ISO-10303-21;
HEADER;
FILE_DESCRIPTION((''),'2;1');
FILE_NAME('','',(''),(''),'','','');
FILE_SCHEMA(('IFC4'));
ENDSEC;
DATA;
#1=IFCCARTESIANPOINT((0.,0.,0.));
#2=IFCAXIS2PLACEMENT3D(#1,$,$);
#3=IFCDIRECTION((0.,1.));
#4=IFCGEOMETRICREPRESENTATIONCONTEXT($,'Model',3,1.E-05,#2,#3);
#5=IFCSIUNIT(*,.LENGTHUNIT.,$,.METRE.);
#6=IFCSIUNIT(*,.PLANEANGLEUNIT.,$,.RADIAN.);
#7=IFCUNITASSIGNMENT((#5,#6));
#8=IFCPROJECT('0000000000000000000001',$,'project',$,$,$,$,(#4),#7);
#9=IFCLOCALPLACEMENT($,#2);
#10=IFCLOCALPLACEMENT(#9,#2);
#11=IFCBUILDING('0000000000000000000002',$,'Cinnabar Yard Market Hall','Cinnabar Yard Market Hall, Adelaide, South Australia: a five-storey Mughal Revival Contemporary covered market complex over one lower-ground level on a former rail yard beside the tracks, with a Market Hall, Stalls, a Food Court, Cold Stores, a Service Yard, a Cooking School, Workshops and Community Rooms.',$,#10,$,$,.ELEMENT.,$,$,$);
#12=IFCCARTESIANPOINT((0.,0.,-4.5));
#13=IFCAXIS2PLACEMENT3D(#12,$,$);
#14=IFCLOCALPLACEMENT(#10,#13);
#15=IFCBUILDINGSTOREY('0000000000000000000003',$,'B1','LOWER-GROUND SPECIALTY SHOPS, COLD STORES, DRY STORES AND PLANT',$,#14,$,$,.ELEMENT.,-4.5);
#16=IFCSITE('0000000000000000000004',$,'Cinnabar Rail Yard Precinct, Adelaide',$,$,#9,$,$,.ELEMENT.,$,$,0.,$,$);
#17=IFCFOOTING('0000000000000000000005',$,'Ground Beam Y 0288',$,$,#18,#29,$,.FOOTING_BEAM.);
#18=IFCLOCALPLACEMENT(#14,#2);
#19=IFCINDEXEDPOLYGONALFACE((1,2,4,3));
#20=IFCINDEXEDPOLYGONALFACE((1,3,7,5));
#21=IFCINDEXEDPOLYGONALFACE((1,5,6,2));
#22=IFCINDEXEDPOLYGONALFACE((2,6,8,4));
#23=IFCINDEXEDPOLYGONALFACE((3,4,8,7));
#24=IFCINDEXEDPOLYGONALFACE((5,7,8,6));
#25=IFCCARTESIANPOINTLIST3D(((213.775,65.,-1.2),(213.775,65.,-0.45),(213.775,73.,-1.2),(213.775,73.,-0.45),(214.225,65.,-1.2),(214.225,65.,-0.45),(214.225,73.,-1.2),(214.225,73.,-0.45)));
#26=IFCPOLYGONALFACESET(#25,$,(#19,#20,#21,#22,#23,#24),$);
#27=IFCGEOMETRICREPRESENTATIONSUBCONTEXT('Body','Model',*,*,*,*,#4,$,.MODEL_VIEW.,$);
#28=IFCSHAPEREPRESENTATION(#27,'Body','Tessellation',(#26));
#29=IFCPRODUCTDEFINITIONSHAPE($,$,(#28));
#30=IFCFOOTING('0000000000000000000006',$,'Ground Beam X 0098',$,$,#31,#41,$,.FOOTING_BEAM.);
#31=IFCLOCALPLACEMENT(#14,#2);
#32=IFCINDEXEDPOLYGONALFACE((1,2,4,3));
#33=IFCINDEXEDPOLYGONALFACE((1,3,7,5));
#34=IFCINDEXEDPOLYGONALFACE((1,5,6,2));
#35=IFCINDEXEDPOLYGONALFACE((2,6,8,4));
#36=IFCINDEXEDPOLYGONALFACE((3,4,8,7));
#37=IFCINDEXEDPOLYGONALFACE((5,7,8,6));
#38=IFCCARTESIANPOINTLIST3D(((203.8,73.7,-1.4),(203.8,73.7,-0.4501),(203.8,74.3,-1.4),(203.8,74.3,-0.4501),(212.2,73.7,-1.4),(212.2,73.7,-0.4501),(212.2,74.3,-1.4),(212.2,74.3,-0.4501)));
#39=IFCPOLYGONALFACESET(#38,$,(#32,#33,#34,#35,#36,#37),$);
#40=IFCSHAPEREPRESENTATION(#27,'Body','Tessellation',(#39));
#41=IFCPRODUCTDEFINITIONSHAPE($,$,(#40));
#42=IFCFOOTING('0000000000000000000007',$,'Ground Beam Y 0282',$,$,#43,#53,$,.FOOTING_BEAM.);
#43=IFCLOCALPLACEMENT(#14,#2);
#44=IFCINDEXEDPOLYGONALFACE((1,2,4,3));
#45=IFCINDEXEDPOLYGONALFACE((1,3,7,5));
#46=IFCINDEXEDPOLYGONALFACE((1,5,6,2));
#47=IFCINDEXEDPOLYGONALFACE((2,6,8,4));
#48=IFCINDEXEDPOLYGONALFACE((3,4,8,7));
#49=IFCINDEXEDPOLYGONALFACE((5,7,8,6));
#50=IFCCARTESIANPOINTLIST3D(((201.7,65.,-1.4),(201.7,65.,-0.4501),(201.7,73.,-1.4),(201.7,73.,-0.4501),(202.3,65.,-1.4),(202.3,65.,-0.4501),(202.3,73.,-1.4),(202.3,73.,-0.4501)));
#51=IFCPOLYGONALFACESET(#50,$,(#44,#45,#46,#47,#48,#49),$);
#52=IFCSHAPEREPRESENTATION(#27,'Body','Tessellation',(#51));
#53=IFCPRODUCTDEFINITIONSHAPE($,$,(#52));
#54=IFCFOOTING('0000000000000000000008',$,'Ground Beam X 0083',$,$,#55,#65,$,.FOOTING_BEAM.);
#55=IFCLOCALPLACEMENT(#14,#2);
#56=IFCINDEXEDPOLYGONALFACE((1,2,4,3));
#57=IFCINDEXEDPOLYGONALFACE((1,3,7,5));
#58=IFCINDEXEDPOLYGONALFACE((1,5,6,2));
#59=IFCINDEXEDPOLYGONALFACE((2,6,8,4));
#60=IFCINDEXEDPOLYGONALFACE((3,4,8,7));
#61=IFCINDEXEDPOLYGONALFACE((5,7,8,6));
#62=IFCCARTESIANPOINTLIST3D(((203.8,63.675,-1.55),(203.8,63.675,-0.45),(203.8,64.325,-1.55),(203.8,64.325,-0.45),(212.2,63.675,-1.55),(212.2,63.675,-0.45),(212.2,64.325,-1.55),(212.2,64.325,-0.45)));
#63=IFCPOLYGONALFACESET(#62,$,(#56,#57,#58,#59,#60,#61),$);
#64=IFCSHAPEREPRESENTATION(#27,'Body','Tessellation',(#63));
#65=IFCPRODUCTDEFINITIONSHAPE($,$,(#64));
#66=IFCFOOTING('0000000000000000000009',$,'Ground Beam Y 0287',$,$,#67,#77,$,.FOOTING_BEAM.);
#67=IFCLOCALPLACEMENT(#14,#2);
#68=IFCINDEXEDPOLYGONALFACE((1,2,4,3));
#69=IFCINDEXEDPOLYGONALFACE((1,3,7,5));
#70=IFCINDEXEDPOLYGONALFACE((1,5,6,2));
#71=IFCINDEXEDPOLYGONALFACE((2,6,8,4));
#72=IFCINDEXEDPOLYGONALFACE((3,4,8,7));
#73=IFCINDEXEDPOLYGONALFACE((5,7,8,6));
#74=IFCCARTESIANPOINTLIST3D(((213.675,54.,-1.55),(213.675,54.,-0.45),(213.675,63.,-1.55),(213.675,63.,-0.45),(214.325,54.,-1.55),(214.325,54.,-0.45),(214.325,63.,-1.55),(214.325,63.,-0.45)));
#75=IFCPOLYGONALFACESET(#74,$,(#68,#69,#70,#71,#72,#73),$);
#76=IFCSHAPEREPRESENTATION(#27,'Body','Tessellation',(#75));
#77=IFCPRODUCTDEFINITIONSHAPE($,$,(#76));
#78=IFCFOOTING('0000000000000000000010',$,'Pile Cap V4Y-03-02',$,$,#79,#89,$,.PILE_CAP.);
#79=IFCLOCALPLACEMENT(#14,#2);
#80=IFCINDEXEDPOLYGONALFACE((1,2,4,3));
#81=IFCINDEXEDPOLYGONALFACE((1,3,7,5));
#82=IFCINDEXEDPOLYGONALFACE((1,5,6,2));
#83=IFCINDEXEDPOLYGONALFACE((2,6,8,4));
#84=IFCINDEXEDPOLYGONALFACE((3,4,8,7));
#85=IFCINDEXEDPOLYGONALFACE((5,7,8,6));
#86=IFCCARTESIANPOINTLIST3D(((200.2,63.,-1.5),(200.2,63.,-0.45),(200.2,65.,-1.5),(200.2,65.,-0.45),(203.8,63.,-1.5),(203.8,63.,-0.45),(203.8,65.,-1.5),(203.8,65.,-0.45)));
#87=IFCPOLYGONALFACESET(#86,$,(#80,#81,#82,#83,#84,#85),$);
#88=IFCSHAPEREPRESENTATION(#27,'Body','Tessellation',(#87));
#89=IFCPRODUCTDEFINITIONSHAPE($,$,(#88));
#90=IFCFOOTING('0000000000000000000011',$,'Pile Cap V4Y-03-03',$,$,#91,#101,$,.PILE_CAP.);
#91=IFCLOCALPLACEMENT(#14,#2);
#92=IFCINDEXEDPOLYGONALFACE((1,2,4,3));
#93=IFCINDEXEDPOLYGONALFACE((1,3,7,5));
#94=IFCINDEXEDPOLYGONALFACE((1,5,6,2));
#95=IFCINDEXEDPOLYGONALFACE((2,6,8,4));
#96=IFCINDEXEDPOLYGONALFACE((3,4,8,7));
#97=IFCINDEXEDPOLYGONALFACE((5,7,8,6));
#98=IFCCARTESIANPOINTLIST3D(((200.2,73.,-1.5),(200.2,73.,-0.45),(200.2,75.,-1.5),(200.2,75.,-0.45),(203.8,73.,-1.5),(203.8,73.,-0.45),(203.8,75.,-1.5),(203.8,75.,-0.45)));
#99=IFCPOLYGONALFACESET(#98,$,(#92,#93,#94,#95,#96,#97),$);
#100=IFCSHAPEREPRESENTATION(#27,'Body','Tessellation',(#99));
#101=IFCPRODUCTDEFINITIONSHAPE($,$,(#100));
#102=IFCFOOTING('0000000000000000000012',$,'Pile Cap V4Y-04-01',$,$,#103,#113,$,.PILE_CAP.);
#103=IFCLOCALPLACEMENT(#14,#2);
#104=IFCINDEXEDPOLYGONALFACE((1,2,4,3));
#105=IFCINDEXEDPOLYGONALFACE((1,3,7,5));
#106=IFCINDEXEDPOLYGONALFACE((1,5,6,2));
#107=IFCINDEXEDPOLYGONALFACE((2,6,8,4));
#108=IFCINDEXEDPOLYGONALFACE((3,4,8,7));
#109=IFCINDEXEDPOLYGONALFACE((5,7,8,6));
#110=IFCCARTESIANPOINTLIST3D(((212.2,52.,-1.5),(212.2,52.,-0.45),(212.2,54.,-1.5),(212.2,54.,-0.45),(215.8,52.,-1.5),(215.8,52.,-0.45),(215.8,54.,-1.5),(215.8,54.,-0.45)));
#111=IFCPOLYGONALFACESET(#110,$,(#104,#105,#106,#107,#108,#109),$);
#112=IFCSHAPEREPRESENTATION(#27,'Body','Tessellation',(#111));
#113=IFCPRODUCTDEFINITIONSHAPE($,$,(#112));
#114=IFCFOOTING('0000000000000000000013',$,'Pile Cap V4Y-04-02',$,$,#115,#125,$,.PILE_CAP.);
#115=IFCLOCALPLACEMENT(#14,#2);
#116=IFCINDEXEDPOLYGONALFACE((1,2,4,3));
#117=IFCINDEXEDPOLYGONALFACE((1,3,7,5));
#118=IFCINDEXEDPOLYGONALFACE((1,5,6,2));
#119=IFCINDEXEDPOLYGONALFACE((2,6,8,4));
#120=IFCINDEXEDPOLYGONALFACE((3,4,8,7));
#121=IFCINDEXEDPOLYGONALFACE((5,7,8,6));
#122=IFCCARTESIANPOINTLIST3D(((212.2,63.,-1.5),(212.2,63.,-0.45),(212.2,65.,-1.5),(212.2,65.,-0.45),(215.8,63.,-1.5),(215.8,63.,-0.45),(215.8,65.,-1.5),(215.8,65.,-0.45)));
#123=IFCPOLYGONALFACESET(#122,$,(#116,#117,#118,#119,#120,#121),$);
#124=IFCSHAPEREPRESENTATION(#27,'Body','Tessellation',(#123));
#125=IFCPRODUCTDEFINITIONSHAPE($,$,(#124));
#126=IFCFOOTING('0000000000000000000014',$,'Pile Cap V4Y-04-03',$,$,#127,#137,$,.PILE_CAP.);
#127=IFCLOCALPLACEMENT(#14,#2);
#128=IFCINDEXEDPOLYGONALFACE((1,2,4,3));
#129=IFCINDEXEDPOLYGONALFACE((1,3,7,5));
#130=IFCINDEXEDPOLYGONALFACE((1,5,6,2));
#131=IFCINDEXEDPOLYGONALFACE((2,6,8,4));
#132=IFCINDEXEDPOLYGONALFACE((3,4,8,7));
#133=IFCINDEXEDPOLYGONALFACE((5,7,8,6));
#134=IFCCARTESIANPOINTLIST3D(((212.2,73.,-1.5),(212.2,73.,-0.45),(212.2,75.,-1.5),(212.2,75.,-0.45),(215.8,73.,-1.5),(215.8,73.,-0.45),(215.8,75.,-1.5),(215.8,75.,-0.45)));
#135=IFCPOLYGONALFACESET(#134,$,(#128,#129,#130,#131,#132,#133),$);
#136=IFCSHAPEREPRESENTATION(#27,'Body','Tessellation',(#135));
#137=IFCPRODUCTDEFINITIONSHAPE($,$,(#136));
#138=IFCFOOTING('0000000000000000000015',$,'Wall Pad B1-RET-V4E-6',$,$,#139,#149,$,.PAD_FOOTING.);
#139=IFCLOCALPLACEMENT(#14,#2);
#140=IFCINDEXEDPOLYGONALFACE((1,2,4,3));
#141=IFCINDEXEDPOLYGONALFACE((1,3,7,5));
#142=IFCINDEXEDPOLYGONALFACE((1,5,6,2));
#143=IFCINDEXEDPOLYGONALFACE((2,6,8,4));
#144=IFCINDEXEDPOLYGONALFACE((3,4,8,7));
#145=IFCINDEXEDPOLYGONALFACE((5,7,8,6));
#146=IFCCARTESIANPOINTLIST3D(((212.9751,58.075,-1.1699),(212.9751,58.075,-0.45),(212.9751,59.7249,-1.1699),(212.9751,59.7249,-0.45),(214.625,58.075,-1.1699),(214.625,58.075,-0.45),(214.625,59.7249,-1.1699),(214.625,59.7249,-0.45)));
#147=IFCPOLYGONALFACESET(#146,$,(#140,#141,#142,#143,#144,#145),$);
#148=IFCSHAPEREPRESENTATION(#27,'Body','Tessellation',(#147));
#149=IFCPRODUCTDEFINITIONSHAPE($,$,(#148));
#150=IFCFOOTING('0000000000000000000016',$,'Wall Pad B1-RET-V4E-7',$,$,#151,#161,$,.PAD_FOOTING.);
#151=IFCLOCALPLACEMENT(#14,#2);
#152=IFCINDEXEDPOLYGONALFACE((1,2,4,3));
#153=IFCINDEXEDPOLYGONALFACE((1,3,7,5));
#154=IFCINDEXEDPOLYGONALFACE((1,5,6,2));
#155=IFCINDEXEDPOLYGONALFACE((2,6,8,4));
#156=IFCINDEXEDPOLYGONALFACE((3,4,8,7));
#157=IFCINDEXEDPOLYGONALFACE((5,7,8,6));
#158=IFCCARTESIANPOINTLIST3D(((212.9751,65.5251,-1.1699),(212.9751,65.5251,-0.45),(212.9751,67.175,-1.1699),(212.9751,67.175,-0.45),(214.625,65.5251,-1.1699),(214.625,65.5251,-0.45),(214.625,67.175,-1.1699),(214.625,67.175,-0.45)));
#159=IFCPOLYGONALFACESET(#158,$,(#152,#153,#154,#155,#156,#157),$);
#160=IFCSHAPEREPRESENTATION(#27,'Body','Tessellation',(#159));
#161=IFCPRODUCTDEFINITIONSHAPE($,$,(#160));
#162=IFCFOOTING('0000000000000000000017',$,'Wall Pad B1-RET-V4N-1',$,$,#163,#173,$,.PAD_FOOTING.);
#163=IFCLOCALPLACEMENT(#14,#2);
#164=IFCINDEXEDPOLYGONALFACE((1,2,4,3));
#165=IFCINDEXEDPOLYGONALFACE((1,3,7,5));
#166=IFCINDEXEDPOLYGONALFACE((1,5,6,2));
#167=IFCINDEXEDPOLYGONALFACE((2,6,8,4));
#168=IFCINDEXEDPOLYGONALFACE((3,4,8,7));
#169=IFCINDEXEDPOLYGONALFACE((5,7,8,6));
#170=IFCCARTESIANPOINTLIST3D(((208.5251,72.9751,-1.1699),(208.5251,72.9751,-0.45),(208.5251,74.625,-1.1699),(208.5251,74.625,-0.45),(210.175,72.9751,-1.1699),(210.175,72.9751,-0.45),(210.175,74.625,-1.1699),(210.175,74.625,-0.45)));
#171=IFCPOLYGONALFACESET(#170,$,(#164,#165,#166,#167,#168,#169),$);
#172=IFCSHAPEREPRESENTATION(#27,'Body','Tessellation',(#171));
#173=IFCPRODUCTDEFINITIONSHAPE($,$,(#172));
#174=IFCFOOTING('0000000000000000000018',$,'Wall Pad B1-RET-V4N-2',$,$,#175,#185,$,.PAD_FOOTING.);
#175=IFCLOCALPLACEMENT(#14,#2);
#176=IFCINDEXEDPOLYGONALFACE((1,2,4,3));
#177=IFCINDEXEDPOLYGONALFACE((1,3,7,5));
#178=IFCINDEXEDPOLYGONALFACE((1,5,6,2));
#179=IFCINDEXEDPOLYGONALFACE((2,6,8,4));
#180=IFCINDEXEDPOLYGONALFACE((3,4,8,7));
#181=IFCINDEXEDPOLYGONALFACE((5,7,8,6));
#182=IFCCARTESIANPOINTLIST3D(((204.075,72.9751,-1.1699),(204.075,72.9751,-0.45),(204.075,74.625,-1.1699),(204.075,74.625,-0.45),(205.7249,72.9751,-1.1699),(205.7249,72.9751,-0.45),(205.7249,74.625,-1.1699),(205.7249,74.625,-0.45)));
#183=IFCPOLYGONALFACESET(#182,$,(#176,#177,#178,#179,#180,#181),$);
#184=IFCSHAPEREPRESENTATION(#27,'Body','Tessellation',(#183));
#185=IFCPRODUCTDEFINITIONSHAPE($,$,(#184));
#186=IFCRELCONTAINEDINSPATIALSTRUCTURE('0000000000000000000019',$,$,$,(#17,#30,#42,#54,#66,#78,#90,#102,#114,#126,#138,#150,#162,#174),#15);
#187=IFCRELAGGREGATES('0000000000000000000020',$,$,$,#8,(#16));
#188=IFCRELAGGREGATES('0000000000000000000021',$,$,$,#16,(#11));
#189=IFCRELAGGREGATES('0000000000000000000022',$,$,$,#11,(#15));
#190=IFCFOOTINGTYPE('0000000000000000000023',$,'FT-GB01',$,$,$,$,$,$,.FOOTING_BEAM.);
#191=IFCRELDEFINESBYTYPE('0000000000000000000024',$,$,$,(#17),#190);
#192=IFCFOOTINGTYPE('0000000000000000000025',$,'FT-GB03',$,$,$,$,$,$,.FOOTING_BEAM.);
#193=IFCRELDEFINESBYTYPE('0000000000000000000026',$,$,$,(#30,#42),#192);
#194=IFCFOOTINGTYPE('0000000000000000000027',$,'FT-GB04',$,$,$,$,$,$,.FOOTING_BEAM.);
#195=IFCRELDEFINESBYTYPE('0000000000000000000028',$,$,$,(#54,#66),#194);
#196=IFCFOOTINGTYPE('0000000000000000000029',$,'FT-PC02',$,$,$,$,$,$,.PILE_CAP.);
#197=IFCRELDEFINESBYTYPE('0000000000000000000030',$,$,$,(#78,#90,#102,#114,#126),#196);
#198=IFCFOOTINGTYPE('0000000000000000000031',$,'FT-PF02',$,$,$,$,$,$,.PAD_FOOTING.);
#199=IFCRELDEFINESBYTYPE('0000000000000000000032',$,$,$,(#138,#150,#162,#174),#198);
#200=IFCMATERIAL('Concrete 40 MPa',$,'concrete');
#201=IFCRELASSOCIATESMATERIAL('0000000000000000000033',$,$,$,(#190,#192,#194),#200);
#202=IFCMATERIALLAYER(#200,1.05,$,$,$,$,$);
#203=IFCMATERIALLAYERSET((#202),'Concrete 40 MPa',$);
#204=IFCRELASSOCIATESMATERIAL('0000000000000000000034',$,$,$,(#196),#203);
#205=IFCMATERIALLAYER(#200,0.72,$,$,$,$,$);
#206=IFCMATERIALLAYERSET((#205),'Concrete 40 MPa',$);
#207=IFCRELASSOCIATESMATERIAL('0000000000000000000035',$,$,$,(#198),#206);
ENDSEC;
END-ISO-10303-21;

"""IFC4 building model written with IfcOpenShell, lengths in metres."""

from ifc_helpers import new_model, si_unit, direction, frame, origin, origin_2d_with_axis, place, context, subcontext, project, spatial, rectangle, extrude, material, layer, layer_set, material_profile, profile_set, type_object, element, save


model = new_model("IFC4")

# Units and contexts
model_context = context("Model", 3, precision=1e-05, world=origin(), true_north=direction((0.0, 1.0)))
body_context = subcontext(model_context, "Body", "Model", "MODEL_VIEW")
ifc_project = project(units=[si_unit("LENGTHUNIT", "METRE"), si_unit("PLANEANGLEUNIT", "RADIAN")], contexts=[model_context])

# Site, building, storey
site_placement = place(None, origin())
site = spatial("IfcSite", under=ifc_project, at=site_placement, Name="Cinnabar Rail Yard Precinct, Adelaide", CompositionType="ELEMENT", RefElevation=0.0)
building_placement = place(site_placement, origin())
building = spatial("IfcBuilding", under=site, at=building_placement, Name="Cinnabar Yard Market Hall", Description="Cinnabar Yard Market Hall, Adelaide, South Australia: a five-storey Mughal Revival Contemporary covered market complex over one lower-ground level on a former rail yard beside the tracks, with a Market Hall, Stalls, a Food Court, Cold Stores, a Service Yard, a Cooking School, Workshops and Community Rooms.", CompositionType="ELEMENT")
storey_placement = place(building_placement, frame((0.0, 0.0, -4.5)))
storey = spatial("IfcBuildingStorey", under=building, at=storey_placement, Name="B1", Description="LOWER-GROUND SPECIALTY SHOPS, COLD STORES, DRY STORES AND PLANT", CompositionType="ELEMENT", Elevation=-4.5)

# Footings
ifc_material_1 = material(Name="Concrete 40 MPa", Category="concrete")
ifc_material_profile_1 = material_profile(ifc_material_1, rectangle(XDim=0.45, YDim=0.75, at=origin_2d_with_axis()), Name="GB-450x750")
ifc_profile_set_1 = profile_set([ifc_material_profile_1], Name="Concrete 40 MPa")
footing_type_1 = type_object("IfcFootingType", Name="FT-GB01", PredefinedType="FOOTING_BEAM", material=ifc_profile_set_1)
footing_1_placement = place(storey_placement, frame((214.0, 65.0, -0.825), z_axis=(0.0, 1.0, 0.0), x_axis=(-1.0, 0.0, 0.0)))
element("IfcFooting", 1, at=footing_1_placement, inside=storey, type_object=footing_type_1, Name="Ground Beam Y 0288", PredefinedType="FOOTING_BEAM", context=body_context, shape_type="SweptSolid", body=[
    extrude(rectangle(XDim=0.45, YDim=0.75, at=origin_2d_with_axis()), origin(), (0.0, 0.0, 1.0), 8.0),
])
ifc_material_profile_2 = material_profile(ifc_material_1, rectangle(XDim=0.6001, YDim=0.95, at=origin_2d_with_axis()), Name="GB-600x950")
ifc_profile_set_2 = profile_set([ifc_material_profile_2], Name="Concrete 40 MPa")
footing_type_2 = type_object("IfcFootingType", Name="FT-GB03", PredefinedType="FOOTING_BEAM", material=ifc_profile_set_2)
footing_2_placement = place(storey_placement, frame((203.8, 74.0, -0.925), z_axis=(1.0, 0.0, 0.0), x_axis=(0.0, 1.0, 0.0)))
element("IfcFooting", 2, at=footing_2_placement, inside=storey, type_object=footing_type_2, Name="Ground Beam X 0098", PredefinedType="FOOTING_BEAM", context=body_context, shape_type="SweptSolid", body=[
    extrude(rectangle(XDim=0.6001, YDim=0.95, at=origin_2d_with_axis()), origin(), (0.0, 0.0, 1.0), 8.3999),
])
footing_3_placement = place(storey_placement, frame((202.0, 65.0, -0.925), z_axis=(0.0, 1.0, 0.0), x_axis=(-1.0, 0.0, 0.0)))
element("IfcFooting", 3, at=footing_3_placement, inside=storey, type_object=footing_type_2, Name="Ground Beam Y 0282", PredefinedType="FOOTING_BEAM", context=body_context, shape_type="SweptSolid", body=[
    extrude(rectangle(XDim=0.6001, YDim=0.95, at=origin_2d_with_axis()), origin(), (0.0, 0.0, 1.0), 8.0),
])
ifc_material_profile_3 = material_profile(ifc_material_1, rectangle(XDim=0.6499, YDim=1.1001, at=origin_2d_with_axis()), Name="GB-650x1100")
ifc_profile_set_3 = profile_set([ifc_material_profile_3], Name="Concrete 40 MPa")
footing_type_3 = type_object("IfcFootingType", Name="FT-GB04", PredefinedType="FOOTING_BEAM", material=ifc_profile_set_3)
footing_4_placement = place(storey_placement, frame((203.8, 64.0, -1.0), z_axis=(1.0, 0.0, 0.0), x_axis=(0.0, 1.0, 0.0)))
element("IfcFooting", 4, at=footing_4_placement, inside=storey, type_object=footing_type_3, Name="Ground Beam X 0083", PredefinedType="FOOTING_BEAM", context=body_context, shape_type="SweptSolid", body=[
    extrude(rectangle(XDim=0.6499, YDim=1.1001, at=origin_2d_with_axis()), origin(), (0.0, 0.0, 1.0), 8.3999),
])
footing_5_placement = place(storey_placement, frame((214.0, 54.0, -1.0), z_axis=(0.0, 1.0, 0.0), x_axis=(-1.0, 0.0, 0.0)))
element("IfcFooting", 5, at=footing_5_placement, inside=storey, type_object=footing_type_3, Name="Ground Beam Y 0287", PredefinedType="FOOTING_BEAM", context=body_context, shape_type="SweptSolid", body=[
    extrude(rectangle(XDim=0.6499, YDim=1.1001, at=origin_2d_with_axis()), origin(), (0.0, 0.0, 1.0), 9.0),
])
ifc_layer_1 = layer(ifc_material_1, 1.05)
ifc_layer_set_1 = layer_set([ifc_layer_1], Name="Concrete 40 MPa")
footing_type_4 = type_object("IfcFootingType", Name="FT-PC02", PredefinedType="PILE_CAP", material=ifc_layer_set_1)
for number, where, z_axis, x_axis, name in (
    (6, (202.0, 64.0, -1.5), (0.0, 0.0, 1.0), (1.0, 0.0, 0.0), "Pile Cap V4Y-03-02"),
    (7, (202.0, 74.0, -1.5), (0.0, 0.0, 1.0), (1.0, 0.0, 0.0), "Pile Cap V4Y-03-03"),
    (8, (214.0, 53.0, -1.5), (0.0, 0.0, 1.0), (1.0, 0.0, 0.0), "Pile Cap V4Y-04-01"),
    (9, (214.0, 64.0, -1.5), (0.0, 0.0, 1.0), (1.0, 0.0, 0.0), "Pile Cap V4Y-04-02"),
    (10, (214.0, 74.0, -1.5), (0.0, 0.0, 1.0), (1.0, 0.0, 0.0), "Pile Cap V4Y-04-03"),
):
    element("IfcFooting", number, at=place(storey_placement, frame(where, z_axis=z_axis, x_axis=x_axis)), inside=storey, type_object=footing_type_4, Name=name, PredefinedType="PILE_CAP", context=body_context, shape_type="SweptSolid", body=[
        extrude(rectangle(XDim=3.6001, YDim=2.0, at=origin_2d_with_axis()), origin(), (0.0, 0.0, 1.0), 1.05),
    ])
ifc_layer_2 = layer(ifc_material_1, 0.72)
ifc_layer_set_2 = layer_set([ifc_layer_2], Name="Concrete 40 MPa")
footing_type_5 = type_object("IfcFootingType", Name="FT-PF02", PredefinedType="PAD_FOOTING", material=ifc_layer_set_2)
for number, where, z_axis, x_axis, name in (
    (11, (213.8, 58.8999, -1.1699), (0.0, 0.0, 1.0), (1.0, 0.0, 0.0), "Wall Pad B1-RET-V4E-6"),
    (12, (213.8, 66.3501, -1.1699), (0.0, 0.0, 1.0), (1.0, 0.0, 0.0), "Wall Pad B1-RET-V4E-7"),
    (13, (209.3501, 73.8, -1.1699), (0.0, 0.0, 1.0), (1.0, 0.0, 0.0), "Wall Pad B1-RET-V4N-1"),
    (14, (204.8999, 73.8, -1.1699), (0.0, 0.0, 1.0), (1.0, 0.0, 0.0), "Wall Pad B1-RET-V4N-2"),
):
    element("IfcFooting", number, at=place(storey_placement, frame(where, z_axis=z_axis, x_axis=x_axis)), inside=storey, type_object=footing_type_5, Name=name, PredefinedType="PAD_FOOTING", context=body_context, shape_type="SweptSolid", body=[
        extrude(rectangle(XDim=1.6499, YDim=1.6499, at=origin_2d_with_axis()), origin(), (0.0, 0.0, 1.0), 0.72),
    ])

save(model, "model.ifc")
